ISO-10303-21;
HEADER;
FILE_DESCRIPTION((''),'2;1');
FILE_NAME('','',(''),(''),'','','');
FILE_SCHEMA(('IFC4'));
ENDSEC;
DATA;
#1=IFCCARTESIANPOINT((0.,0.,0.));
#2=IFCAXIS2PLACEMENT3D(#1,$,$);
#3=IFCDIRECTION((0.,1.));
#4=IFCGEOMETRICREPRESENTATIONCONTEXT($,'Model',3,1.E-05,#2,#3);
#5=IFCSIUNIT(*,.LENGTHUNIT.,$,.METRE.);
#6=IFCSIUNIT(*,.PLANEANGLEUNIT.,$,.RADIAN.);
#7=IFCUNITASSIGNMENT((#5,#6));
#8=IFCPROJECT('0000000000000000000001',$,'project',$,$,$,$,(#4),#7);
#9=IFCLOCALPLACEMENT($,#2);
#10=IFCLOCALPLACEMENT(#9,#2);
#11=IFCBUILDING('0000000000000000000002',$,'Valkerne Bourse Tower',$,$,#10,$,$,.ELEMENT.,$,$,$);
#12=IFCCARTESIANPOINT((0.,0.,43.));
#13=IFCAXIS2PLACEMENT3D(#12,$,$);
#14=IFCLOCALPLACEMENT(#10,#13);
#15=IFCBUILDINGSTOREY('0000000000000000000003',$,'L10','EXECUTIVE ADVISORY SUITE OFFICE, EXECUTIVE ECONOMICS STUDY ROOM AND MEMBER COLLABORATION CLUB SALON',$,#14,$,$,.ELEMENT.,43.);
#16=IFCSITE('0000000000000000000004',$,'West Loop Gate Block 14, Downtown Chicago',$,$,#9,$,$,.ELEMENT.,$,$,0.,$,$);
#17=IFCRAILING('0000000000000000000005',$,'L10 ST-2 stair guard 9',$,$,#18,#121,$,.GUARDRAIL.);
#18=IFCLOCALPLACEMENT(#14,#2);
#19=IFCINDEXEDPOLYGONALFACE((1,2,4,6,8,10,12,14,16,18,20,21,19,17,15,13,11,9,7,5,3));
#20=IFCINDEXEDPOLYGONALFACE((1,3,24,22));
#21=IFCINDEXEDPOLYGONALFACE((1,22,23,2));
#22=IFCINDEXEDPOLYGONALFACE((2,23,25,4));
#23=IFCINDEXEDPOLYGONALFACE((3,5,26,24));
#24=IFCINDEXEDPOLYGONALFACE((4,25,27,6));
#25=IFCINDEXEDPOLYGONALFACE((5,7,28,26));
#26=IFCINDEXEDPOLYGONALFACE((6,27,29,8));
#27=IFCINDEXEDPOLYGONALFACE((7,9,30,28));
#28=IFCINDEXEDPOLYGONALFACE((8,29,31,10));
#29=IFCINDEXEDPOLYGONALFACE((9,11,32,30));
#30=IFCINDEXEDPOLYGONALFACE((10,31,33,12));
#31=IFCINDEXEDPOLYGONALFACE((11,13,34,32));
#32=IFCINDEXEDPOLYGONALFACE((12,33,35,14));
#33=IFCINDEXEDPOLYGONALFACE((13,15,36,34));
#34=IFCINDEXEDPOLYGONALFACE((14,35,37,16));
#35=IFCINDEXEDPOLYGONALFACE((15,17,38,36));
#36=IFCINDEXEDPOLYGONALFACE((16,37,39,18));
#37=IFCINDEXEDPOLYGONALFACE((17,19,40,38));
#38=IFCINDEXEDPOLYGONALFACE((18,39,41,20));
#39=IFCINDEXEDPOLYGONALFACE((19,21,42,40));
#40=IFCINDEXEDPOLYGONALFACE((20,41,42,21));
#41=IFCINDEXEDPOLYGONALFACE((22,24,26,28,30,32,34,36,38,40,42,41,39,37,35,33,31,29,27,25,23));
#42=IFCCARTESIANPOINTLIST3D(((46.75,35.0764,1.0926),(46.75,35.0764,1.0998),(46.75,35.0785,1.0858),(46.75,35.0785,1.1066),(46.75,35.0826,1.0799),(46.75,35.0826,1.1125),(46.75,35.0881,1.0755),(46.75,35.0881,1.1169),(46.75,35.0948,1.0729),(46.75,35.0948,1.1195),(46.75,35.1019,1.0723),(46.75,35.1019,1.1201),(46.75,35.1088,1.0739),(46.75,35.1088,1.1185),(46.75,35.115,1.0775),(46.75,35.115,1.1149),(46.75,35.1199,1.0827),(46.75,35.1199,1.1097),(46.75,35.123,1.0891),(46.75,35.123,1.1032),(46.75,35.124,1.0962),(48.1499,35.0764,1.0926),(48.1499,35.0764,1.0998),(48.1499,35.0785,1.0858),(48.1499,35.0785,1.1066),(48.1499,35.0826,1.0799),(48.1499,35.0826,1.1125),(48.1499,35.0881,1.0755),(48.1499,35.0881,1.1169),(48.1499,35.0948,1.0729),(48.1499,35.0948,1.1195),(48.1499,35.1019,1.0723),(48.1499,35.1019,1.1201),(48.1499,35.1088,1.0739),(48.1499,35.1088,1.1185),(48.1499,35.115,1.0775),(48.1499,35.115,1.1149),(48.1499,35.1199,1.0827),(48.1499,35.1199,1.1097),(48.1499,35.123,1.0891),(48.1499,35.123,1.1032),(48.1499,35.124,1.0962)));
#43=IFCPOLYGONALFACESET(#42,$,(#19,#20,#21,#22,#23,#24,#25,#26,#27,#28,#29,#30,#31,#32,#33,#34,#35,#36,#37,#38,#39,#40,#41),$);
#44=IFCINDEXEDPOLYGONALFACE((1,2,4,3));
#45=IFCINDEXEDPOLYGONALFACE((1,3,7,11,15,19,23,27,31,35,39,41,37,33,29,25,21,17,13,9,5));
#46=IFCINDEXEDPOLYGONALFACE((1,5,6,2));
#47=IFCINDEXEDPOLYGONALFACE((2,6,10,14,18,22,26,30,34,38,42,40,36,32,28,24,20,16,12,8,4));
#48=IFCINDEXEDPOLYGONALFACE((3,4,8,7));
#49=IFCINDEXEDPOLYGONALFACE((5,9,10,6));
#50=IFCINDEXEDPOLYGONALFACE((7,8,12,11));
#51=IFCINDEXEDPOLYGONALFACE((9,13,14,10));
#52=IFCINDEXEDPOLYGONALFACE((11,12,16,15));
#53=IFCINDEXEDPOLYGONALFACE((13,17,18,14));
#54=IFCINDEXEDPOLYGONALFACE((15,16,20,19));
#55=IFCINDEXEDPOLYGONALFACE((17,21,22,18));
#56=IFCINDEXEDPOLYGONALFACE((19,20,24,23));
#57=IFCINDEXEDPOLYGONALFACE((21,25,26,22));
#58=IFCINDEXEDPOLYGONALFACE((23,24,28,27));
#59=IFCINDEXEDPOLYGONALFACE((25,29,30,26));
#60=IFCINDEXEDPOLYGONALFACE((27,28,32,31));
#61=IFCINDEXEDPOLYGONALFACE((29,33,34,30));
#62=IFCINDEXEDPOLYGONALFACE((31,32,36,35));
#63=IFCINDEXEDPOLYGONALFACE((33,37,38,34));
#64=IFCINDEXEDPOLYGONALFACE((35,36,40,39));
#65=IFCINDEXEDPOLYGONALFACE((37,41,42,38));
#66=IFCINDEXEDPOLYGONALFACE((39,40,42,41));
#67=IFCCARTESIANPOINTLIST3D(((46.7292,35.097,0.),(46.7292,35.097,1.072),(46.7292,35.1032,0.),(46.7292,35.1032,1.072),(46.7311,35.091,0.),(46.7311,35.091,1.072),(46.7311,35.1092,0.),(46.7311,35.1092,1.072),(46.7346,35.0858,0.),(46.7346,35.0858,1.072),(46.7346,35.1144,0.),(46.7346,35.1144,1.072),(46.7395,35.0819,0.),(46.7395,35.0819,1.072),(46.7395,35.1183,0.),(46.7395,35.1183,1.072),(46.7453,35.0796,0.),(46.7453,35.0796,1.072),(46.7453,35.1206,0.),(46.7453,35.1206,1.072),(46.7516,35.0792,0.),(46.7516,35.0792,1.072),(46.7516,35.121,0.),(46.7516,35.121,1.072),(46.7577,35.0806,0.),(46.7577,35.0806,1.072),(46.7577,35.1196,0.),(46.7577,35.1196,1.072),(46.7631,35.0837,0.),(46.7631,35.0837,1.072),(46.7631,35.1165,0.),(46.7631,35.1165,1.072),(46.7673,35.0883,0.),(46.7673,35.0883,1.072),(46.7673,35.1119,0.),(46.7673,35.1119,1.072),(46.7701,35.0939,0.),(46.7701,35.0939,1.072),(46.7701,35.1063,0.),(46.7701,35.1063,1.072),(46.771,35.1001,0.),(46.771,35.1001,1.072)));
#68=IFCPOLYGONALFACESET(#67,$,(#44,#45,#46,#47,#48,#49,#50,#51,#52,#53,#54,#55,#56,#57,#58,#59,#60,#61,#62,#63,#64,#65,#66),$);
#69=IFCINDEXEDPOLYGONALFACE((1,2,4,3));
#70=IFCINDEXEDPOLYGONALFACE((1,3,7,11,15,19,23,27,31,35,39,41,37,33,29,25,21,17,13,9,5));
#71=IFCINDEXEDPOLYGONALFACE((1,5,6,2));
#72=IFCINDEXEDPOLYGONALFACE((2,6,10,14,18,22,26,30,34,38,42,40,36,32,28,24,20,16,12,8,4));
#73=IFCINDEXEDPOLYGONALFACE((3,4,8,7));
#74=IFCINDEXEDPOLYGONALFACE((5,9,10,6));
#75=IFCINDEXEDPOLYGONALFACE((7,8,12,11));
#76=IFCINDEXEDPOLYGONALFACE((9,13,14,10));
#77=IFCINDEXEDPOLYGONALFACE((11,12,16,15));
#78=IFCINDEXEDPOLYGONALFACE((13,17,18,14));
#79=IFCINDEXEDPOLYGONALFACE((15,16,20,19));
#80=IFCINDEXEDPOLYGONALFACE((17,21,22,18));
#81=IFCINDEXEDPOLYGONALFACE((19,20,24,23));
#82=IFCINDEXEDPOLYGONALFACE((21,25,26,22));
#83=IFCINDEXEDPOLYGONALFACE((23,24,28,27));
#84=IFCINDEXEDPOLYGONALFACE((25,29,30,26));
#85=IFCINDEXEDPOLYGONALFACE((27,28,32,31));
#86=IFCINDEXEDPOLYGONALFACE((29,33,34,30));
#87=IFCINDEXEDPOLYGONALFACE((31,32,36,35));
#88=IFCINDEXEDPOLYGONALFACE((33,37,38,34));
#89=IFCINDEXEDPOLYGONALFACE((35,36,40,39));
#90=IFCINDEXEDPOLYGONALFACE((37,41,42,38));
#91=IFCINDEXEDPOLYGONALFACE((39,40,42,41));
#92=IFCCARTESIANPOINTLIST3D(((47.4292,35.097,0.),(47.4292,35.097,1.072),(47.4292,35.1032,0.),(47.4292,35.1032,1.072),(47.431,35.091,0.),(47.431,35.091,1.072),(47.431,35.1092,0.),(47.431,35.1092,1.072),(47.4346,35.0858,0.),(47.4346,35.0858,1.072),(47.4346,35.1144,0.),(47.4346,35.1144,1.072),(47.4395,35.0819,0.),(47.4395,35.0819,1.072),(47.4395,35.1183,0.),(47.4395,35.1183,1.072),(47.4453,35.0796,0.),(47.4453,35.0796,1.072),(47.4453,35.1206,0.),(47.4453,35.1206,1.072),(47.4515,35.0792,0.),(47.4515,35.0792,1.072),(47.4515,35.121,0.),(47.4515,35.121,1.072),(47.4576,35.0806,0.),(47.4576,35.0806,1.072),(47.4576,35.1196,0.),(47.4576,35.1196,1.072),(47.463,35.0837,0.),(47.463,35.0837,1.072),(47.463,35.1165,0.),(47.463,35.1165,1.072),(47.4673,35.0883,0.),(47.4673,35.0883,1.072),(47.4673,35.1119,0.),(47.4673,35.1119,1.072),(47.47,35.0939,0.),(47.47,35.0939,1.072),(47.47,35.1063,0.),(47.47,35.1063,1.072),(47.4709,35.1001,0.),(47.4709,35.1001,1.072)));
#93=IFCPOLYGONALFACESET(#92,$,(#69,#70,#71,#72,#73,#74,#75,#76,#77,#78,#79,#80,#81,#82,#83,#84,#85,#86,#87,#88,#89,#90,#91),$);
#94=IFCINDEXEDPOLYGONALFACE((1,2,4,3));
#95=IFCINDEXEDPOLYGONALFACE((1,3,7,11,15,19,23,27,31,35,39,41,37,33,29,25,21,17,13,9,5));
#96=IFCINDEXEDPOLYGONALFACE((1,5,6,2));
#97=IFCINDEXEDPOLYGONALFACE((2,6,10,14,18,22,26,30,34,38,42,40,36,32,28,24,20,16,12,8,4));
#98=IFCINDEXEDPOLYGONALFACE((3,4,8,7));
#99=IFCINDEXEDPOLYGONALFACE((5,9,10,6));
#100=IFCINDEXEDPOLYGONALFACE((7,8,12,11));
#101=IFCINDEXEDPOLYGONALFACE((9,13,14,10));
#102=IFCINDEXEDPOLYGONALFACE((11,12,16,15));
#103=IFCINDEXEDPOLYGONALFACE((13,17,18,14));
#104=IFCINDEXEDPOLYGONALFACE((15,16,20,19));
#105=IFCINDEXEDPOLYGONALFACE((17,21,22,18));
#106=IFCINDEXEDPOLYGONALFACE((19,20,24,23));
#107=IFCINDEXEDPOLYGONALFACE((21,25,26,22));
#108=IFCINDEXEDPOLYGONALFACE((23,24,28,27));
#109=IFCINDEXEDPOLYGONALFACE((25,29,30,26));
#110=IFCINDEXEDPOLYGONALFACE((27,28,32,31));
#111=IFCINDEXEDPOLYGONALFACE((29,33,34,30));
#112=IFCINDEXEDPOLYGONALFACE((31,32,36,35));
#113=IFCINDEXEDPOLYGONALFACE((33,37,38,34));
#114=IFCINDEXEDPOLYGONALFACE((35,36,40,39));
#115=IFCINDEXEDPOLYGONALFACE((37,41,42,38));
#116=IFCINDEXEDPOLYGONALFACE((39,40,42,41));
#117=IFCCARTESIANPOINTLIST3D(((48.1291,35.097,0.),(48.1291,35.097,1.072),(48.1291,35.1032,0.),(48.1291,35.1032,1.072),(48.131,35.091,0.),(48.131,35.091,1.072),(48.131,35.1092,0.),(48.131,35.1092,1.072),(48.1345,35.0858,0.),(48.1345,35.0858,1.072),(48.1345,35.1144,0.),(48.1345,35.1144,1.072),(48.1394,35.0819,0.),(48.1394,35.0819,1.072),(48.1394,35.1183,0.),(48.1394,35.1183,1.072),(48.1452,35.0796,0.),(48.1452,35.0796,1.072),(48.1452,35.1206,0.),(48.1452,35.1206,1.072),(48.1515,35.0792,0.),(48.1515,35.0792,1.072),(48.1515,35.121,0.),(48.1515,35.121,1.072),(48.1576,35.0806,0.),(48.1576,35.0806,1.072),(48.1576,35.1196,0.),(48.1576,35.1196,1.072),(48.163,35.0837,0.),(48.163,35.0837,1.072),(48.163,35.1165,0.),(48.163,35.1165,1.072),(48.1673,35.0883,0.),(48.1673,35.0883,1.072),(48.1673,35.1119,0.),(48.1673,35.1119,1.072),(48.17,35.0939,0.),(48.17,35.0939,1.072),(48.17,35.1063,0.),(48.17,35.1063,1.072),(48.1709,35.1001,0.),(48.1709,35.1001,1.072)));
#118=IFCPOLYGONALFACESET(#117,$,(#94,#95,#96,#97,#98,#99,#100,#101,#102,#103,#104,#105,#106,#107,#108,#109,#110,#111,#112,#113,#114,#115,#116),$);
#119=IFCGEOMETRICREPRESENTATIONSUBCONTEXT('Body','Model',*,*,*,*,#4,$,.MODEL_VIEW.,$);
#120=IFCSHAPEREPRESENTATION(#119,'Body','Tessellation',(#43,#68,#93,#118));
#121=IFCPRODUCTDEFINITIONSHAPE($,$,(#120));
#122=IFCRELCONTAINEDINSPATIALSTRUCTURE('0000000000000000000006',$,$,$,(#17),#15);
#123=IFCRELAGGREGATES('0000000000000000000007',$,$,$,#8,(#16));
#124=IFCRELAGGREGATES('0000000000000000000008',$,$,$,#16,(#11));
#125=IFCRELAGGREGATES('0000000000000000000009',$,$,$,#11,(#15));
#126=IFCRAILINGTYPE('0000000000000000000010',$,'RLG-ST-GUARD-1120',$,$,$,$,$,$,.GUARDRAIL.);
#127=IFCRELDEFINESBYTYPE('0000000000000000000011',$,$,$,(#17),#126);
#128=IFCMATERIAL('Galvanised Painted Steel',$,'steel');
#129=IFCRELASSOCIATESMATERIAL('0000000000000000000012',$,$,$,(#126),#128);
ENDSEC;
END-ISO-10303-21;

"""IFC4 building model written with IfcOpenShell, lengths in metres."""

from ifc_helpers import new_model, si_unit, direction, frame, origin, origin_2d, place, context, subcontext, project, spatial, circle, extrude, material, type_object, element, save


model = new_model("IFC4")

# Units and contexts
model_context = context("Model", 3, precision=1e-05, world=origin(), true_north=direction((0.0, 1.0)))
body_context = subcontext(model_context, "Body", "Model", "MODEL_VIEW")
ifc_project = project(units=[si_unit("LENGTHUNIT", "METRE"), si_unit("PLANEANGLEUNIT", "RADIAN")], contexts=[model_context])

# Site, building, storey
site_placement = place(None, origin())
site = spatial("IfcSite", under=ifc_project, at=site_placement, Name="West Loop Gate Block 14, Downtown Chicago", CompositionType="ELEMENT", RefElevation=0.0)
building_placement = place(site_placement, origin())
building = spatial("IfcBuilding", under=site, at=building_placement, Name="Valkerne Bourse Tower", CompositionType="ELEMENT")
storey_placement = place(building_placement, frame((0.0, 0.0, 43.0)))
storey = spatial("IfcBuildingStorey", under=building, at=storey_placement, Name="L10", Description="EXECUTIVE ADVISORY SUITE OFFICE, EXECUTIVE ECONOMICS STUDY ROOM AND MEMBER COLLABORATION CLUB SALON", CompositionType="ELEMENT", Elevation=43.0)

# Shared definitions
ifc_material_1 = material(Name="Galvanised Painted Steel", Category="steel")

# Railing
railing_type_1 = type_object("IfcRailingType", Name="RLG-ST-GUARD-1120", PredefinedType="GUARDRAIL", material=ifc_material_1)
for number, where, name in (
    (1, (46.75, 35.1001, 0.0), "L10 ST-2 stair guard 9"),
):
    element("IfcRailing", number, at=place(storey_placement, frame(where)), inside=storey, type_object=railing_type_1, Name=name, PredefinedType="GUARDRAIL", context=body_context, shape_type="SweptSolid", body=[
        extrude(circle(Radius=0.0239, at=origin_2d()), frame((0.0, 0.0, 1.0962), z_axis=(1.0, 0.0, 0.0), x_axis=(0.0, 1.0, 0.0)), (0.0, 0.0, 1.0), 1.3999),
        extrude(circle(Radius=0.021, at=origin_2d()), origin(), (0.0, 0.0, 1.0), 1.072),
        extrude(circle(Radius=0.021, at=origin_2d()), frame((0.7, 0.0, 0.0)), (0.0, 0.0, 1.0), 1.072),
        extrude(circle(Radius=0.021, at=origin_2d()), frame((1.3999, 0.0, 0.0)), (0.0, 0.0, 1.0), 1.072),
    ])

save(model, "model.ifc")
